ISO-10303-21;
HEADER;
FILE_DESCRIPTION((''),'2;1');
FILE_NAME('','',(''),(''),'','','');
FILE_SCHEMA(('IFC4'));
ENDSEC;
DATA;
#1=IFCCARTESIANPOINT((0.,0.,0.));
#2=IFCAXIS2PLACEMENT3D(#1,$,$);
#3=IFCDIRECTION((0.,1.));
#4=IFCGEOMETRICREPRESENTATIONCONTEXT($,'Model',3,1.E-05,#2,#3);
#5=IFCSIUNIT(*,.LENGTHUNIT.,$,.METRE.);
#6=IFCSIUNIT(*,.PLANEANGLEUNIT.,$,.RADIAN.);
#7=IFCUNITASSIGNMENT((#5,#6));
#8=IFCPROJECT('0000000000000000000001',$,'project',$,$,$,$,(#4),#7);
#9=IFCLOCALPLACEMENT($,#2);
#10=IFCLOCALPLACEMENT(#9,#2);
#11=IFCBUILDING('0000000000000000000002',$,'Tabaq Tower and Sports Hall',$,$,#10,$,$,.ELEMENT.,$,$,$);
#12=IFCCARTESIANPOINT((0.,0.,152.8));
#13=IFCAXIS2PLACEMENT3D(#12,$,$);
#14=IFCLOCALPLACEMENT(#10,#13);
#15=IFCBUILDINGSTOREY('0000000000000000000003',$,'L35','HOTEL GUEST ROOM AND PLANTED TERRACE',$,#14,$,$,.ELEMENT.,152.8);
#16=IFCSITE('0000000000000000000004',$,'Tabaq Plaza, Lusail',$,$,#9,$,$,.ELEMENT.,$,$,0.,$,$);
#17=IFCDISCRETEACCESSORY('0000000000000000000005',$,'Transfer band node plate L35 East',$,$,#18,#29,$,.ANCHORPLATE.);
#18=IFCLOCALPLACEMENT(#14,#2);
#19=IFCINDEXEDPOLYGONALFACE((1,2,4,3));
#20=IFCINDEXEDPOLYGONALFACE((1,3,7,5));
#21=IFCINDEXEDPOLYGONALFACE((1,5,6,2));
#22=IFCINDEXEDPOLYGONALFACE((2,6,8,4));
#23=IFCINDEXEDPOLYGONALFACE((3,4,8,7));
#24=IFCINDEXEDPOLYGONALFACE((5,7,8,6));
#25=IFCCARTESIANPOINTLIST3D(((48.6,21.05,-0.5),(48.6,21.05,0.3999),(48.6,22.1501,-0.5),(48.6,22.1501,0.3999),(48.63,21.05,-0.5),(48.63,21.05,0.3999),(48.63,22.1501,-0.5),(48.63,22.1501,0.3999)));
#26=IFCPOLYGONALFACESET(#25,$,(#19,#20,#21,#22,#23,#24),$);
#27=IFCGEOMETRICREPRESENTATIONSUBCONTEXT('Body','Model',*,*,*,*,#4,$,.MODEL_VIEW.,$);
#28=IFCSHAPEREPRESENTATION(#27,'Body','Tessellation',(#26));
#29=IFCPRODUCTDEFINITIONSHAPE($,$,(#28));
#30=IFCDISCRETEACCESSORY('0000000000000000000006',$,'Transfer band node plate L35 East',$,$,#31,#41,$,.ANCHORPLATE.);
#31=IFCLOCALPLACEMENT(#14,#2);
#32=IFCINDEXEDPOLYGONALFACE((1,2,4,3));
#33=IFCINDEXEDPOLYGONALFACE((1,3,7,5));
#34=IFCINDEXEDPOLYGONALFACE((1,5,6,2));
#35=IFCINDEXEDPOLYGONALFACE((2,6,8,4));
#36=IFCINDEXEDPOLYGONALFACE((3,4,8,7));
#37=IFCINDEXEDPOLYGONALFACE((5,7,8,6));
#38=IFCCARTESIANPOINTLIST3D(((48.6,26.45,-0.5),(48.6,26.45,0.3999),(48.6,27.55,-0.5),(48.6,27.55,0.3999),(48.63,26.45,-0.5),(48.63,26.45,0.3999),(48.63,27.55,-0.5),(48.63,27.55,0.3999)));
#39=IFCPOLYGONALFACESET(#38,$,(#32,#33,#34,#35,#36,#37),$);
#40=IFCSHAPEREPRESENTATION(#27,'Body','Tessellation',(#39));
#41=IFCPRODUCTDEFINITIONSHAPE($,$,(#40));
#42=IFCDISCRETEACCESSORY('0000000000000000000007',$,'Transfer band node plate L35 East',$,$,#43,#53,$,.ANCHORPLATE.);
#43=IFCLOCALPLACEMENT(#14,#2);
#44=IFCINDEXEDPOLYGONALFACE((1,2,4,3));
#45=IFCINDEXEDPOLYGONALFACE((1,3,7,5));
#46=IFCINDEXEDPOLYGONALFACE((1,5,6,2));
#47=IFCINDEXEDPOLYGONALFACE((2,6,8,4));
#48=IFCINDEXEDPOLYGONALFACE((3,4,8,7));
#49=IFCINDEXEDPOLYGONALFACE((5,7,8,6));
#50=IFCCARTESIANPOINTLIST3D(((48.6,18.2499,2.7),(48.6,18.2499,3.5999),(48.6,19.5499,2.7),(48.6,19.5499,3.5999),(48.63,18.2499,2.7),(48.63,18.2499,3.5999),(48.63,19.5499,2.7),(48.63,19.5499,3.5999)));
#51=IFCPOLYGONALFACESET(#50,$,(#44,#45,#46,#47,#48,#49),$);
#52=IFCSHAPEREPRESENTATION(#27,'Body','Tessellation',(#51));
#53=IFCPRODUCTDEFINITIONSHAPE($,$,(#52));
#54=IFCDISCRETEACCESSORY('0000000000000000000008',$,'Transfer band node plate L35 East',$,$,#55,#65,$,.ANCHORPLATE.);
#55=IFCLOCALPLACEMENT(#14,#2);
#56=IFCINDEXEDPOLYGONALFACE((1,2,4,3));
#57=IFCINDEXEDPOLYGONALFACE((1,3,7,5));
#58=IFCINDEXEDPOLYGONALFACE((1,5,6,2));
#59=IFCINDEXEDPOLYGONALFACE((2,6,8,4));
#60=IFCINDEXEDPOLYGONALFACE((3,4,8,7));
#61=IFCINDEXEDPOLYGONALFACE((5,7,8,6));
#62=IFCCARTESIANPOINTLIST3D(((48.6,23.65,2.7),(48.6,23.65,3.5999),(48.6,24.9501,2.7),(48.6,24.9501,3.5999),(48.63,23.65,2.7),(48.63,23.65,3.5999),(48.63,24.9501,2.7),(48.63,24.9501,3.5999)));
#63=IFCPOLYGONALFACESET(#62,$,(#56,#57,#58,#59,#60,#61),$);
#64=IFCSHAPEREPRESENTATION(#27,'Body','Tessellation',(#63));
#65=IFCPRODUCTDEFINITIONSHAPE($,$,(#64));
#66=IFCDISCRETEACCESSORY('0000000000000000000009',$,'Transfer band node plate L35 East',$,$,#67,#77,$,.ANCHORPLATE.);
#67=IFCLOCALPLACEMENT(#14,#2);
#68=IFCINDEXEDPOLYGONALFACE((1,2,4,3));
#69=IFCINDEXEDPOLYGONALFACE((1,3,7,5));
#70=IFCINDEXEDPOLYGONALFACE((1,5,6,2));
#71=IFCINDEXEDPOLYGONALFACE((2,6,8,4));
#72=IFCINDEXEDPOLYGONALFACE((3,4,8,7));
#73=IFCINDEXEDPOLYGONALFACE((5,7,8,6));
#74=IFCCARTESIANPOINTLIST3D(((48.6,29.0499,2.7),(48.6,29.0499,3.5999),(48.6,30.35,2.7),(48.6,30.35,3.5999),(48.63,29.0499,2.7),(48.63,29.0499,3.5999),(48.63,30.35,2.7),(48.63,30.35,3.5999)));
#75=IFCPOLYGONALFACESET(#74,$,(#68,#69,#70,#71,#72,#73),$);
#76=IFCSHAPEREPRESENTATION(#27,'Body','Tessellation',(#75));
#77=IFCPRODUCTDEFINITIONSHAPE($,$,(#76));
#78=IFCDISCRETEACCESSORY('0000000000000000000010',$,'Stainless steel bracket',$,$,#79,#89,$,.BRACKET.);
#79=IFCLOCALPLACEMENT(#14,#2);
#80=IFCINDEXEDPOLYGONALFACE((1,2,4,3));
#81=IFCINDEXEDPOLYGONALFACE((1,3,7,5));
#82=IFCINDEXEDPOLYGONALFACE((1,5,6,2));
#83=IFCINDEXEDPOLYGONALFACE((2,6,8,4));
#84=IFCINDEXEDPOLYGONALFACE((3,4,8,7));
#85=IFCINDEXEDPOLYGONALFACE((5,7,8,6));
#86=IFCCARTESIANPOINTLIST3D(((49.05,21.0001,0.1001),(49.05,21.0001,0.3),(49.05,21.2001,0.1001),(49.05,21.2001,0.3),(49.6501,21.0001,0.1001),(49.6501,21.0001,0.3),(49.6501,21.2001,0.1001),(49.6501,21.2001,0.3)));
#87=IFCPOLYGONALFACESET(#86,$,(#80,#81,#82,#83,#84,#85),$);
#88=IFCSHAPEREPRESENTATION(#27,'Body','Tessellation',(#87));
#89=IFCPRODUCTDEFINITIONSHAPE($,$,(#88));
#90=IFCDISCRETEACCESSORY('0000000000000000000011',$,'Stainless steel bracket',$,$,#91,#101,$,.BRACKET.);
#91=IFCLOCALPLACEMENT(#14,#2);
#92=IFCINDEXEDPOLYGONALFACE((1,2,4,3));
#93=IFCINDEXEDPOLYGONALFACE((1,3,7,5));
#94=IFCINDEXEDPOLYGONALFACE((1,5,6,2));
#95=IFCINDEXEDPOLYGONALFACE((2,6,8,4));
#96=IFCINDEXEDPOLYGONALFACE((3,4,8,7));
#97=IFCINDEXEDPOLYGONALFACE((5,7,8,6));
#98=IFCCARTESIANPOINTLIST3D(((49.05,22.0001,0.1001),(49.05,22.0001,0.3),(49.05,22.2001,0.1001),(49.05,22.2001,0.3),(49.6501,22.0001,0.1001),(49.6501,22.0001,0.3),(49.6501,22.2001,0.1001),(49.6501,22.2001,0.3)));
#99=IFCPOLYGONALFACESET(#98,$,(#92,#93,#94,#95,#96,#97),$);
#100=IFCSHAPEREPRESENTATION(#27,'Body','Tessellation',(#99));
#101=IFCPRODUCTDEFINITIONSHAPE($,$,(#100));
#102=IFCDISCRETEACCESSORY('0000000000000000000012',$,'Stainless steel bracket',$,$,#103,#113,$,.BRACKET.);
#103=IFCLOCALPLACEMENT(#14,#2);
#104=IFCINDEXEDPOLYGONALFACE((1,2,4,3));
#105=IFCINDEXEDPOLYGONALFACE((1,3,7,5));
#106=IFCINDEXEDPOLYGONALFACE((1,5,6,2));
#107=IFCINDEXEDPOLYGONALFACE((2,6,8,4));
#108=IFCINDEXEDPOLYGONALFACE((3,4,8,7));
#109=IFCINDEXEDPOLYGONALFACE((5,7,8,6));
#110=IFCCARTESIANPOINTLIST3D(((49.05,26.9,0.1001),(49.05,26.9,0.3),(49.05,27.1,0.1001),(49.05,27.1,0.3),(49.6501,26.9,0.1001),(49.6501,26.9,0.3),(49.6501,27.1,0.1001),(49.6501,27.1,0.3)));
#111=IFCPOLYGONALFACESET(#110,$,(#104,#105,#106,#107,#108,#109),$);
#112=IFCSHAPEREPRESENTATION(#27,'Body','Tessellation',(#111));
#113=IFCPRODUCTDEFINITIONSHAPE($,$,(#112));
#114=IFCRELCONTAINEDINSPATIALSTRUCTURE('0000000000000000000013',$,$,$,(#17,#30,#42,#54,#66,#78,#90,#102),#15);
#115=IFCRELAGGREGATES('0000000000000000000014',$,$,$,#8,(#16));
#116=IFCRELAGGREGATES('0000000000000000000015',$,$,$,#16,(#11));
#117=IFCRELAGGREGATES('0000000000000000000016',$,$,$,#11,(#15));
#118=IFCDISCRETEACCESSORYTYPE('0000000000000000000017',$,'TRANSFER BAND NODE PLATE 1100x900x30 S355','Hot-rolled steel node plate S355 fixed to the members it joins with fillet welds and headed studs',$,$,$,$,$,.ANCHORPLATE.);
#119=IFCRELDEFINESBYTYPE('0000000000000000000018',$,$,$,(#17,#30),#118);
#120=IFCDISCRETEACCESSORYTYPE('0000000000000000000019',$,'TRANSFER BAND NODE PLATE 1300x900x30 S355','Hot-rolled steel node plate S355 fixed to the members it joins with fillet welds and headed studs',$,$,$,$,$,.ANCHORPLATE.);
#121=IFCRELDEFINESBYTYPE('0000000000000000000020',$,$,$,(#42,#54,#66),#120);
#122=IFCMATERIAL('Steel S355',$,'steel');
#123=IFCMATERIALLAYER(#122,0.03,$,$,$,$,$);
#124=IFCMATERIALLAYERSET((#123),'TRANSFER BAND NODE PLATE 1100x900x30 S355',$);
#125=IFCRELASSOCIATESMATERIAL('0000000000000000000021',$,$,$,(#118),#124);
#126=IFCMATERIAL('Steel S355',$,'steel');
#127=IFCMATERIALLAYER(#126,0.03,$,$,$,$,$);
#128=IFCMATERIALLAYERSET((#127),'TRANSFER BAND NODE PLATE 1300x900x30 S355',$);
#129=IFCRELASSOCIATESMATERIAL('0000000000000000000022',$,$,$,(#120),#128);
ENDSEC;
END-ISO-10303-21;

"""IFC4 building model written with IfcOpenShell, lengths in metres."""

from ifc_helpers import new_model, si_unit, direction, frame, origin, origin_2d, place, context, subcontext, project, spatial, rectangle, extrude, material, layer, layer_set, type_object, element, save


model = new_model("IFC4")

# Units and contexts
model_context = context("Model", 3, precision=1e-05, world=origin(), true_north=direction((0.0, 1.0)))
body_context = subcontext(model_context, "Body", "Model", "MODEL_VIEW")
ifc_project = project(units=[si_unit("LENGTHUNIT", "METRE"), si_unit("PLANEANGLEUNIT", "RADIAN")], contexts=[model_context])

# Site, building, storey
site_placement = place(None, origin())
site = spatial("IfcSite", under=ifc_project, at=site_placement, Name="Tabaq Plaza, Lusail", CompositionType="ELEMENT", RefElevation=0.0)
building_placement = place(site_placement, origin())
building = spatial("IfcBuilding", under=site, at=building_placement, Name="Tabaq Tower and Sports Hall", CompositionType="ELEMENT")
storey_placement = place(building_placement, frame((0.0, 0.0, 152.8)))
storey = spatial("IfcBuildingStorey", under=building, at=storey_placement, Name="L35", Description="HOTEL GUEST ROOM AND PLANTED TERRACE", CompositionType="ELEMENT", Elevation=152.8)

# Discrete accessories
ifc_material_1 = material(Name="Steel S355", Category="steel")
ifc_layer_1 = layer(ifc_material_1, 0.03)
ifc_layer_set_1 = layer_set([ifc_layer_1], Name="TRANSFER BAND NODE PLATE 1100x900x30 S355")
discrete_accessory_type_1 = type_object("IfcDiscreteAccessoryType", Name="TRANSFER BAND NODE PLATE 1100x900x30 S355", Description="Hot-rolled steel node plate S355 fixed to the members it joins with fillet welds and headed studs", PredefinedType="ANCHORPLATE", material=ifc_layer_set_1)
for number, where, z_axis, x_axis, name in (
    (1, (48.615, 21.6001, -0.5), (0.0, 0.0, 1.0), (0.0, 1.0, 0.0), "Transfer band node plate L35 East"),
    (2, (48.615, 27.0, -0.5), (0.0, 0.0, 1.0), (0.0, 1.0, 0.0), "Transfer band node plate L35 East"),
):
    element("IfcDiscreteAccessory", number, at=place(storey_placement, frame(where, z_axis=z_axis, x_axis=x_axis)), inside=storey, type_object=discrete_accessory_type_1, Name=name, PredefinedType="ANCHORPLATE", context=body_context, shape_type="SweptSolid", body=[
        extrude(rectangle(XDim=1.1001, YDim=0.03, at=origin_2d()), origin(), (0.0, 0.0, 1.0), 0.8999),
    ])
ifc_material_2 = material(Name="Steel S355", Category="steel")
ifc_layer_2 = layer(ifc_material_2, 0.03)
ifc_layer_set_2 = layer_set([ifc_layer_2], Name="TRANSFER BAND NODE PLATE 1300x900x30 S355")
discrete_accessory_type_2 = type_object("IfcDiscreteAccessoryType", Name="TRANSFER BAND NODE PLATE 1300x900x30 S355", Description="Hot-rolled steel node plate S355 fixed to the members it joins with fillet welds and headed studs", PredefinedType="ANCHORPLATE", material=ifc_layer_set_2)
for number, where, z_axis, x_axis, name in (
    (3, (48.615, 18.8999, 2.7), (0.0, 0.0, 1.0), (0.0, 1.0, 0.0), "Transfer band node plate L35 East"),
    (4, (48.615, 24.3, 2.7), (0.0, 0.0, 1.0), (0.0, 1.0, 0.0), "Transfer band node plate L35 East"),
    (5, (48.615, 29.7, 2.7), (0.0, 0.0, 1.0), (0.0, 1.0, 0.0), "Transfer band node plate L35 East"),
):
    element("IfcDiscreteAccessory", number, at=place(storey_placement, frame(where, z_axis=z_axis, x_axis=x_axis)), inside=storey, type_object=discrete_accessory_type_2, Name=name, PredefinedType="ANCHORPLATE", context=body_context, shape_type="SweptSolid", body=[
        extrude(rectangle(XDim=1.3, YDim=0.03, at=origin_2d()), origin(), (0.0, 0.0, 1.0), 0.8999),
    ])
for number, where, z_axis, x_axis, name in (
    (6, (49.3501, 21.1001, 0.1001), (0.0, 0.0, 1.0), (1.0, 0.0, 0.0), "Stainless steel bracket"),
    (7, (49.3501, 22.1001, 0.1001), (0.0, 0.0, 1.0), (1.0, 0.0, 0.0), "Stainless steel bracket"),
    (8, (49.3501, 27.0, 0.1001), (0.0, 0.0, 1.0), (1.0, 0.0, 0.0), "Stainless steel bracket"),
):
    element("IfcDiscreteAccessory", number, at=place(storey_placement, frame(where, z_axis=z_axis, x_axis=x_axis)), inside=storey, Name=name, PredefinedType="BRACKET", context=body_context, shape_type="SweptSolid", body=[
        extrude(rectangle(XDim=0.6001, YDim=0.2, at=origin_2d()), origin(), (0.0, 0.0, 1.0), 0.2),
    ])

save(model, "model.ifc")
